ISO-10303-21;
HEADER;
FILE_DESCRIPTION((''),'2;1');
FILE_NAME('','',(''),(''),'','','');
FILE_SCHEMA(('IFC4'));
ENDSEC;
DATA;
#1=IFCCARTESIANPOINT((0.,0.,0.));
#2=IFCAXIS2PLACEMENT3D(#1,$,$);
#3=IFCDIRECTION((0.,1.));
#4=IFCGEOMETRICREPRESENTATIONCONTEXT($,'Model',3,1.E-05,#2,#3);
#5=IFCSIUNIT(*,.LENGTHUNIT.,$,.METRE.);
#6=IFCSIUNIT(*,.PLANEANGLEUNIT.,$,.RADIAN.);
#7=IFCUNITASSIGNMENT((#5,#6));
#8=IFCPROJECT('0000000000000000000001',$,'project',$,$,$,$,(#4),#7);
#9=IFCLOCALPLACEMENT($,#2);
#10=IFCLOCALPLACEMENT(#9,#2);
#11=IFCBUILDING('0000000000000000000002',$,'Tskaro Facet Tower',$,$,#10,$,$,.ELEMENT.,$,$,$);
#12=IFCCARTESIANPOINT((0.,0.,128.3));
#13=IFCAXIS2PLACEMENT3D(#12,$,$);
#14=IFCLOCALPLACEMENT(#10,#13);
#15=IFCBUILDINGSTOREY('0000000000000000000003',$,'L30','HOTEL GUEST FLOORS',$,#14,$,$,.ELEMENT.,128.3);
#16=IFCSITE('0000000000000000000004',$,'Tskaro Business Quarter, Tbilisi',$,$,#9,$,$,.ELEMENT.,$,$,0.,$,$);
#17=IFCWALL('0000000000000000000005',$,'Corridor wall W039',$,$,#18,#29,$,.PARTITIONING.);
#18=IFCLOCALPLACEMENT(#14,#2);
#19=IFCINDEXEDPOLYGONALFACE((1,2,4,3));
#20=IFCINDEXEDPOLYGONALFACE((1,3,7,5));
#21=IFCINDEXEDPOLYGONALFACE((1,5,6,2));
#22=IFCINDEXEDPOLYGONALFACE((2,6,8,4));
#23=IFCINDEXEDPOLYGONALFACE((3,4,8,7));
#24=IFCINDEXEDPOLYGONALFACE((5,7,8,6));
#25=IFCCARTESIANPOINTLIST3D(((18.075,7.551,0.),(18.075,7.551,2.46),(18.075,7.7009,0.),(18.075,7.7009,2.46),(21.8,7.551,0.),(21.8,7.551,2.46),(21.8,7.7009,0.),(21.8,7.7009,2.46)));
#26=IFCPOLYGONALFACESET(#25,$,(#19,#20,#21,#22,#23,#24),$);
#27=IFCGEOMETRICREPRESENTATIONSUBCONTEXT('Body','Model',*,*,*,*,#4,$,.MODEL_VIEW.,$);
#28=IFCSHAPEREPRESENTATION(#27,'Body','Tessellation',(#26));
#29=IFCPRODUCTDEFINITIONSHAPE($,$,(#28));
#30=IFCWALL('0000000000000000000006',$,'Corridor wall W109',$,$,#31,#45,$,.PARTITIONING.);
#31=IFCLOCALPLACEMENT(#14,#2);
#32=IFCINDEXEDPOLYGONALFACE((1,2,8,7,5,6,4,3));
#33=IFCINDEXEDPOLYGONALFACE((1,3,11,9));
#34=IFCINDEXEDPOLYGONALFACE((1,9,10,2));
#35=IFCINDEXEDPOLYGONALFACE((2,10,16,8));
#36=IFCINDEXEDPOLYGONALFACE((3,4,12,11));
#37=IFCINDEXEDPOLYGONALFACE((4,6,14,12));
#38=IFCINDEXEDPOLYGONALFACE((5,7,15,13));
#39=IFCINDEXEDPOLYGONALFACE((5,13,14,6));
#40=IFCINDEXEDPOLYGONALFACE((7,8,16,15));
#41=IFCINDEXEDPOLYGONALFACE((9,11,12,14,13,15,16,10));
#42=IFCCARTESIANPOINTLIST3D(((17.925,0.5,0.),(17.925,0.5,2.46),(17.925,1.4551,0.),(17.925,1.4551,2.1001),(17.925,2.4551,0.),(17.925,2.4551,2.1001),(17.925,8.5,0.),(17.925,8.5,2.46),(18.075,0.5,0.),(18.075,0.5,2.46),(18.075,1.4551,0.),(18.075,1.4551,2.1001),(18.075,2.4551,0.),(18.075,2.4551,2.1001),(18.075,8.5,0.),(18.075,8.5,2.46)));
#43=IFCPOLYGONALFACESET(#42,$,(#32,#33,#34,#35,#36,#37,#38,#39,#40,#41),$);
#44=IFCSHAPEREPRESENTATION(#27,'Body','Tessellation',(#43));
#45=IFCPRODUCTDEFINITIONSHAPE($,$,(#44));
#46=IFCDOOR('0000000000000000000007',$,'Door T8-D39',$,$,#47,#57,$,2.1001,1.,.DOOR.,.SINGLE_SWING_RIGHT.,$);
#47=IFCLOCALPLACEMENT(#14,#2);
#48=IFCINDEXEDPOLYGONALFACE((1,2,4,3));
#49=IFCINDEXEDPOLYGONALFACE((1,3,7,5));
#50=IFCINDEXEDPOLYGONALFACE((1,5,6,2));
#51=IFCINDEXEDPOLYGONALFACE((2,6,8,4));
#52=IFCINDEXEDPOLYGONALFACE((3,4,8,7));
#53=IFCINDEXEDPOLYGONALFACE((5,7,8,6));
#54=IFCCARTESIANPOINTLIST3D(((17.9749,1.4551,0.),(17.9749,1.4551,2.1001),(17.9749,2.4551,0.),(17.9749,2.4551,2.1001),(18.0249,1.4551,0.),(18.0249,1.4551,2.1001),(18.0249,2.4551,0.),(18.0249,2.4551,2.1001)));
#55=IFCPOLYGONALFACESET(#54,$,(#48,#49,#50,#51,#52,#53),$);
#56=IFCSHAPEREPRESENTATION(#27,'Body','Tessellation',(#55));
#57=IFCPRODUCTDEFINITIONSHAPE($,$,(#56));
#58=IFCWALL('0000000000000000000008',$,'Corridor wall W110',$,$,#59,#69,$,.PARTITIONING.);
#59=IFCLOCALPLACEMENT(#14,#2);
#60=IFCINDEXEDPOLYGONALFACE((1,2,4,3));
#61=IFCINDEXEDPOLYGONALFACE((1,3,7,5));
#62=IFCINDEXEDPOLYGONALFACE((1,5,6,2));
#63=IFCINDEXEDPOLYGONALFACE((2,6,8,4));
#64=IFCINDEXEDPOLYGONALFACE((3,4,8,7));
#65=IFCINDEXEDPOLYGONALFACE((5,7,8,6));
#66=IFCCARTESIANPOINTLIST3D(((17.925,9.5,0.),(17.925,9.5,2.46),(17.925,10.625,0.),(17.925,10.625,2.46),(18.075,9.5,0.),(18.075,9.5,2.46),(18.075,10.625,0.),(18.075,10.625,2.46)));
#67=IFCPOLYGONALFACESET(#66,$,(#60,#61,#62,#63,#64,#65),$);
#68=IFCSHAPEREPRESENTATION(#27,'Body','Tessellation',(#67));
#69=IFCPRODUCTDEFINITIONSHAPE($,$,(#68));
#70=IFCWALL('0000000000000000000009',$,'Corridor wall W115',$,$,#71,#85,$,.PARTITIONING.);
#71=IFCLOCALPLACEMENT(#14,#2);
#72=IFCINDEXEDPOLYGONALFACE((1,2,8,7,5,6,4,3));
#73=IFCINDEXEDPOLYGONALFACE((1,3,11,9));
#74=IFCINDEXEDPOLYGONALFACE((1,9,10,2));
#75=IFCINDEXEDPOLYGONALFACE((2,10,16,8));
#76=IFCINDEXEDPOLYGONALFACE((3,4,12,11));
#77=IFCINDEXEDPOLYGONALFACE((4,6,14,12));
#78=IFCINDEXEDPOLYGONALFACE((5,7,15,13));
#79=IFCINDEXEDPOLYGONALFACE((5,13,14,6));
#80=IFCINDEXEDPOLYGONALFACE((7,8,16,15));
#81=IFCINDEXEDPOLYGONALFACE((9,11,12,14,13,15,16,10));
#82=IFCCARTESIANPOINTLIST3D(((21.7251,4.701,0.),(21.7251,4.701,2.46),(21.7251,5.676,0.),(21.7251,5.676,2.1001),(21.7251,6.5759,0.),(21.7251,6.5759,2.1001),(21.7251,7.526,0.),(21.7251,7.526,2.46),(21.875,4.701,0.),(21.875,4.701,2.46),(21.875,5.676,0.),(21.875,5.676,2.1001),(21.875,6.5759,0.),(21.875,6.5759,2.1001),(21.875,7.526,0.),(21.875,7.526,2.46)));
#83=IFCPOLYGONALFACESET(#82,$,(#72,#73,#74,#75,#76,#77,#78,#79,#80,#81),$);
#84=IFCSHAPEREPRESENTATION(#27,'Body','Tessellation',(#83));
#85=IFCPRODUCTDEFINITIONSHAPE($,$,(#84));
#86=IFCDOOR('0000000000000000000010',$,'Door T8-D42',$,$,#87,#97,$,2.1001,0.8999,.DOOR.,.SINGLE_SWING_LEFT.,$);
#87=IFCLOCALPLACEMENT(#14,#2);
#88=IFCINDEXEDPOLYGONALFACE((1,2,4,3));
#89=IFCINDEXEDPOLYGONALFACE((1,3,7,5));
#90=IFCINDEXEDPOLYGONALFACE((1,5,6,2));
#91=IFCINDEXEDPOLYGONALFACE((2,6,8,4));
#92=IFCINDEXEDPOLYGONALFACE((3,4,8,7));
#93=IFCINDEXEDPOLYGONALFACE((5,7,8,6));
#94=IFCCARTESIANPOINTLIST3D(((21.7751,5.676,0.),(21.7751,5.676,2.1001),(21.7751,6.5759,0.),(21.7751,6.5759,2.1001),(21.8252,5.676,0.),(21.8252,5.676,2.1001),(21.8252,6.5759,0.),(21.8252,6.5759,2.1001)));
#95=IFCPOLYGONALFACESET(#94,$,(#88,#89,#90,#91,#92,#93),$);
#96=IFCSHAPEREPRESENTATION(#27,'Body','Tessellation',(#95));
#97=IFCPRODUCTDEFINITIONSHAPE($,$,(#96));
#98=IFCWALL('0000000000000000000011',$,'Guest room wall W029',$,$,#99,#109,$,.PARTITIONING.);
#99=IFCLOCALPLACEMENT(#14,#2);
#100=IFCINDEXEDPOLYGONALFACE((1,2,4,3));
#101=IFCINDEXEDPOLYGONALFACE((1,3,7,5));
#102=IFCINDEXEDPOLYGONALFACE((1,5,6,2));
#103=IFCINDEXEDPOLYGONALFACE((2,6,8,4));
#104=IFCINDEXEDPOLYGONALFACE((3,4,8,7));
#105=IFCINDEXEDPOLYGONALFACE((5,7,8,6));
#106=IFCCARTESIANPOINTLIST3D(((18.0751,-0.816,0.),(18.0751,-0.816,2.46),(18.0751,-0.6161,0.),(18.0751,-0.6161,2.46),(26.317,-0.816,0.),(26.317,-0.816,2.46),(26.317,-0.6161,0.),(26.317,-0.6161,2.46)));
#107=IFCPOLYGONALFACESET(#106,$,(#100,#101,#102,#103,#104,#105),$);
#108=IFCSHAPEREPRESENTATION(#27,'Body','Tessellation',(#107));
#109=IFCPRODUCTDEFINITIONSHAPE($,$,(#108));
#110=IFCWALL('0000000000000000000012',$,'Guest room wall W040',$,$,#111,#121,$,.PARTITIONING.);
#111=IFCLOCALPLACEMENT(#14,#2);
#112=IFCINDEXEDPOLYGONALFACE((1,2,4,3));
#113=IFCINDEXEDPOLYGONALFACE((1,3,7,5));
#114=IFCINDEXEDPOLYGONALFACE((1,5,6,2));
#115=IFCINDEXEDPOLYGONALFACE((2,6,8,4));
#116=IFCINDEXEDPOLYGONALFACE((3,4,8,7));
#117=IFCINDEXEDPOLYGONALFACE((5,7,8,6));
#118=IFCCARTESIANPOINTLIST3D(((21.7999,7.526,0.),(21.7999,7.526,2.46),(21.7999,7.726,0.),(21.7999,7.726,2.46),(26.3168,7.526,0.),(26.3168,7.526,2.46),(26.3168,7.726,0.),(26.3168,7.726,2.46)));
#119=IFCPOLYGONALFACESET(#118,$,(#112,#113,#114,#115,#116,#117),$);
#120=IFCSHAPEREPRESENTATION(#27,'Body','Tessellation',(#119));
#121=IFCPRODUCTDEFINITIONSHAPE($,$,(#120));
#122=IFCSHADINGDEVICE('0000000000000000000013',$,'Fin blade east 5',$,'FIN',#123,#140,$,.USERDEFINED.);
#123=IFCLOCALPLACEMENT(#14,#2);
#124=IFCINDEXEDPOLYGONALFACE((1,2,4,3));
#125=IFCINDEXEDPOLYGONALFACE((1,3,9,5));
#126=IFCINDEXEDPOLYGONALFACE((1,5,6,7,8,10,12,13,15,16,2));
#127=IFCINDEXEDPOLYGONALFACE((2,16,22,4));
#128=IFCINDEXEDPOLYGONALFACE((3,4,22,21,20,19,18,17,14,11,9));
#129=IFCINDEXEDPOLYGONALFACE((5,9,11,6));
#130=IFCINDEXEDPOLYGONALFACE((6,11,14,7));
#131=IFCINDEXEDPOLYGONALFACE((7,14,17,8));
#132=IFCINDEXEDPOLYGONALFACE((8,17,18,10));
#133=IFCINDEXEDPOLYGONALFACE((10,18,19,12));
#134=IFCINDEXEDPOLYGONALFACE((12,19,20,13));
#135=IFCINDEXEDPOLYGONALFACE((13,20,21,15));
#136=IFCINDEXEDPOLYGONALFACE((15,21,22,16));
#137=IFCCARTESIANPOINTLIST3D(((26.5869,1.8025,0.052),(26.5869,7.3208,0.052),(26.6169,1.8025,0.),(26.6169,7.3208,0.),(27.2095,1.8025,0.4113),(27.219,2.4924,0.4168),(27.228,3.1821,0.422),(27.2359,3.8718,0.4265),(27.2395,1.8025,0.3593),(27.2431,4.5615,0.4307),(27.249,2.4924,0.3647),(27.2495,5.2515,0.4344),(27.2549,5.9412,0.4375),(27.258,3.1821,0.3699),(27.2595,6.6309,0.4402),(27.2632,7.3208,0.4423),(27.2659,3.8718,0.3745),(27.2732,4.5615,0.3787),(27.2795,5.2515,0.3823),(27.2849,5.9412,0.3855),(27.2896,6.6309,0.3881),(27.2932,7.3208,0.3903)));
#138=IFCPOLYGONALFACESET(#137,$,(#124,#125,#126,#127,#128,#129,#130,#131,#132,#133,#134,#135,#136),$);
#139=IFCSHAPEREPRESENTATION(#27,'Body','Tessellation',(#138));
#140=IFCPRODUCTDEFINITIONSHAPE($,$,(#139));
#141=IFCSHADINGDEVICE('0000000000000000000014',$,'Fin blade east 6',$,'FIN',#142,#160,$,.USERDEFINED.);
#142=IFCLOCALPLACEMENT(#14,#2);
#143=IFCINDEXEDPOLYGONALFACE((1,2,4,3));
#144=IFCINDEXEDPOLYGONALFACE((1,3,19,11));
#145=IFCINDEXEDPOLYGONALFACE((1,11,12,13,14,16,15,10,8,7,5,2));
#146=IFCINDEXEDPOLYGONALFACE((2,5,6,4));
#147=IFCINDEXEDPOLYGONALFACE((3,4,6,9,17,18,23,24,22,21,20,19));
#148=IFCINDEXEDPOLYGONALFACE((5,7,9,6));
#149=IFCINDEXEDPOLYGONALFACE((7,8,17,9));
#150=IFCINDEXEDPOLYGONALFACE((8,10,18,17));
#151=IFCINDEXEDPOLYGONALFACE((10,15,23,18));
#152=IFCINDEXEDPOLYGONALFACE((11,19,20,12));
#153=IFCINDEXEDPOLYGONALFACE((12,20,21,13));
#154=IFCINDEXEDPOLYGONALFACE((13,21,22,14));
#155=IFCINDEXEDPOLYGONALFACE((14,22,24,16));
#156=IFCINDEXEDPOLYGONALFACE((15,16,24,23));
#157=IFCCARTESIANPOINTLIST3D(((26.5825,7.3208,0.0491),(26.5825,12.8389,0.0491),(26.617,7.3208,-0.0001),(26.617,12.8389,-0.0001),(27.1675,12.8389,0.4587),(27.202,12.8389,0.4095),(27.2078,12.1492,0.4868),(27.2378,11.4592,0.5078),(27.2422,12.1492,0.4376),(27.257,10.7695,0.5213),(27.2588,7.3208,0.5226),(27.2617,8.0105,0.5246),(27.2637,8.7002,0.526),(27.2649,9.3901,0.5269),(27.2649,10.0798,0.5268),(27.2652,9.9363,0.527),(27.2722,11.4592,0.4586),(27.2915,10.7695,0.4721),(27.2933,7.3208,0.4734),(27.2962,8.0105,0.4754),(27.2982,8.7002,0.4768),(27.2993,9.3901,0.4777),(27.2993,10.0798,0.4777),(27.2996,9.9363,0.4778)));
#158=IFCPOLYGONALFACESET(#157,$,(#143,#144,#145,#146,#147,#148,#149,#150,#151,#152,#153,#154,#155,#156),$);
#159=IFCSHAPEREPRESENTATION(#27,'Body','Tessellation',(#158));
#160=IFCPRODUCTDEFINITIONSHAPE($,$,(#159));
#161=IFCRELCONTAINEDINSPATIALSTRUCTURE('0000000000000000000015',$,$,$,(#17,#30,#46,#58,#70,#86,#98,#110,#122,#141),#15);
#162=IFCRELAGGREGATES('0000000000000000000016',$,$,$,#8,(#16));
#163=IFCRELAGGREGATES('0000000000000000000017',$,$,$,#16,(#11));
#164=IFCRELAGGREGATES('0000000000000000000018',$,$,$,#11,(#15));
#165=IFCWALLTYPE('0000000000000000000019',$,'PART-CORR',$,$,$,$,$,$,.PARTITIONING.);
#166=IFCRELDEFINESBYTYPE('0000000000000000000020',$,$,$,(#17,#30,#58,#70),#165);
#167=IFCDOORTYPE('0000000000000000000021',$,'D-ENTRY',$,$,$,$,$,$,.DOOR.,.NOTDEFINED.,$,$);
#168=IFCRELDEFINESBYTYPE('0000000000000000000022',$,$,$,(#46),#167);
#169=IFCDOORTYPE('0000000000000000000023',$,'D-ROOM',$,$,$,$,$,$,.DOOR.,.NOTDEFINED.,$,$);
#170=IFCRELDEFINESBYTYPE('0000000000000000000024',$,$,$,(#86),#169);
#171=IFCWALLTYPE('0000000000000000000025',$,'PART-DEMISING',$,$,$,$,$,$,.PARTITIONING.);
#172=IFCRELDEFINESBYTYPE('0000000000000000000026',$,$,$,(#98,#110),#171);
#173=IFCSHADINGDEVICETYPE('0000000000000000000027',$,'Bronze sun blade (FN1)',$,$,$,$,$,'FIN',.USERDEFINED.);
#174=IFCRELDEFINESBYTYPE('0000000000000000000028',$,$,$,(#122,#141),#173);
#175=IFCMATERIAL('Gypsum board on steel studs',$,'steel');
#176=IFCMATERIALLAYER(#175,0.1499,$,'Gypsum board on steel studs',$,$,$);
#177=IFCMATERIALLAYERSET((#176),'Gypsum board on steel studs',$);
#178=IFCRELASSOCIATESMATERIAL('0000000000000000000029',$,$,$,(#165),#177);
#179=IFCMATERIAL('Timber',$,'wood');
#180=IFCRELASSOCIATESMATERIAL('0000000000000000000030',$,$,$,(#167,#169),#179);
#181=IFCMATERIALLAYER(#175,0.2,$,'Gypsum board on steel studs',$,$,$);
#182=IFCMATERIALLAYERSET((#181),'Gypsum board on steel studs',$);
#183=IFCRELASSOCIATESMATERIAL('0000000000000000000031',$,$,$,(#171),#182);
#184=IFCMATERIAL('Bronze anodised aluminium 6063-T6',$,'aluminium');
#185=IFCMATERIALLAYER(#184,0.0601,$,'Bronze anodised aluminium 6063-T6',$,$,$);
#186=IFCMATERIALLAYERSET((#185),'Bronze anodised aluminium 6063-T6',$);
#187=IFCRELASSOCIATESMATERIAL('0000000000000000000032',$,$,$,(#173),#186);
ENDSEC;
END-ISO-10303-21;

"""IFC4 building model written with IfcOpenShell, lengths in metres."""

from ifc_helpers import new_model, si_unit, direction, frame, frame_2d, origin, place, context, subcontext, project, spatial, polyline, rectangle, outline, extrude, material, layer, layer_set, type_object, element, fill, save


model = new_model("IFC4")

# Units and contexts
model_context = context("Model", 3, precision=1e-05, world=origin(), true_north=direction((0.0, 1.0)))
body_context = subcontext(model_context, "Body", "Model", "MODEL_VIEW")
ifc_project = project(units=[si_unit("LENGTHUNIT", "METRE"), si_unit("PLANEANGLEUNIT", "RADIAN")], contexts=[model_context])

# Site, building, storey
site_placement = place(None, origin())
site = spatial("IfcSite", under=ifc_project, at=site_placement, Name="Tskaro Business Quarter, Tbilisi", CompositionType="ELEMENT", RefElevation=0.0)
building_placement = place(site_placement, origin())
building = spatial("IfcBuilding", under=site, at=building_placement, Name="Tskaro Facet Tower", CompositionType="ELEMENT")
storey_placement = place(building_placement, frame((0.0, 0.0, 128.3)))
storey = spatial("IfcBuildingStorey", under=building, at=storey_placement, Name="L30", Description="HOTEL GUEST FLOORS", CompositionType="ELEMENT", Elevation=128.3)

# Shared definitions
ifc_material_1 = material(Name="Bronze anodised aluminium 6063-T6", Category="aluminium")

# Wall
ifc_material_2 = material(Name="Gypsum board on steel studs", Category="steel")
ifc_layer_1 = layer(ifc_material_2, 0.1499, Name="Gypsum board on steel studs")
ifc_layer_set_1 = layer_set([ifc_layer_1], Name="Gypsum board on steel studs")
wall_type_1 = type_object("IfcWallType", Name="PART-CORR", PredefinedType="PARTITIONING", material=ifc_layer_set_1)
for number, where, z_axis, x_axis, name in (
    (1, (18.075, 7.626, 0.0), (0.0, 0.0, 1.0), (1.0, 0.0, 0.0), "Corridor wall W039"),
):
    element("IfcWall", number, at=place(storey_placement, frame(where, z_axis=z_axis, x_axis=x_axis)), inside=storey, type_object=wall_type_1, Name=name, PredefinedType="PARTITIONING", context=body_context, shape_type="SweptSolid", body=[
        extrude(rectangle(XDim=3.7251, YDim=0.1499, at=frame_2d((1.8625, 0.0))), origin(), (0.0, 0.0, 1.0), 2.46),
    ])

# Wall, opening, door
wall_1_placement = place(storey_placement, frame((18.0, 8.5, 0.0), z_axis=(0.0, 0.0, 1.0), x_axis=(0.0, -1.0, 0.0)))
wall_1 = element("IfcWall", 2, at=wall_1_placement, inside=storey, type_object=wall_type_1, Name="Corridor wall W109", PredefinedType="PARTITIONING", context=body_context, shape_type="SweptSolid", body=[
    extrude(rectangle(XDim=8.0, YDim=0.1499, at=frame_2d((4.0, 0.0))), origin(), (0.0, 0.0, 1.0), 2.46),
])
opening_1_placement = place(wall_1_placement, frame((6.0449, 0.0, 0.0)))
opening_1 = element("IfcOpeningElement", 3, at=opening_1_placement, cuts=wall_1, PredefinedType="OPENING", context=body_context, shape_type="SweptSolid", body=[
    extrude(rectangle(XDim=1.0, YDim=2.1001, at=frame_2d((0.5, 1.05))), frame((0.0, 0.085, 0.0), z_axis=(0.0, -1.0, 0.0), x_axis=(1.0, 0.0, 0.0)), (0.0, 0.0, 1.0), 0.1699),
])
ifc_material_3 = material(Name="Timber", Category="wood")
door_type_1 = type_object("IfcDoorType", Name="D-ENTRY", OperationType="NOTDEFINED", PredefinedType="DOOR", material=ifc_material_3)
door_1_placement = place(opening_1_placement, origin())
door_1 = element("IfcDoor", 4, at=door_1_placement, inside=storey, type_object=door_type_1, Name="Door T8-D39", OperationType="SINGLE_SWING_RIGHT", OverallHeight=2.1001, OverallWidth=1.0, PredefinedType="DOOR", context=body_context, shape_type="SweptSolid", body=[
    extrude(rectangle(XDim=1.0, YDim=2.1001, at=frame_2d((0.5, 1.05))), frame((0.0, 0.0249, 0.0), z_axis=(0.0, -1.0, 0.0), x_axis=(1.0, 0.0, 0.0)), (0.0, 0.0, 1.0), 0.05),
])
fill(opening_1, door_1)

# Wall
wall_2_placement = place(storey_placement, frame((18.0, 9.5, 0.0), z_axis=(0.0, 0.0, 1.0), x_axis=(0.0, 1.0, 0.0)))
element("IfcWall", 5, at=wall_2_placement, inside=storey, type_object=wall_type_1, Name="Corridor wall W110", PredefinedType="PARTITIONING", context=body_context, shape_type="SweptSolid", body=[
    extrude(rectangle(XDim=1.125, YDim=0.1499, at=frame_2d((0.5625, 0.0))), origin(), (0.0, 0.0, 1.0), 2.46),
])

# Wall, opening, door
wall_3_placement = place(storey_placement, frame((21.8, 4.7009, 0.0), z_axis=(0.0, 0.0, 1.0), x_axis=(0.0, 1.0, 0.0)))
wall_3 = element("IfcWall", 6, at=wall_3_placement, inside=storey, type_object=wall_type_1, Name="Corridor wall W115", PredefinedType="PARTITIONING", context=body_context, shape_type="SweptSolid", body=[
    extrude(rectangle(XDim=2.825, YDim=0.1499, at=frame_2d((1.4126, 0.0))), origin(), (0.0, 0.0, 1.0), 2.46),
])
opening_2_placement = place(wall_3_placement, frame((0.9751, 0.0, 0.0)))
opening_2 = element("IfcOpeningElement", 7, at=opening_2_placement, cuts=wall_3, PredefinedType="OPENING", context=body_context, shape_type="SweptSolid", body=[
    extrude(rectangle(XDim=0.8999, YDim=2.1001, at=frame_2d((0.45, 1.05))), frame((0.0, 0.085, 0.0), z_axis=(0.0, -1.0, 0.0), x_axis=(1.0, 0.0, 0.0)), (0.0, 0.0, 1.0), 0.1699),
])
door_type_2 = type_object("IfcDoorType", Name="D-ROOM", OperationType="NOTDEFINED", PredefinedType="DOOR", material=ifc_material_3)
door_2_placement = place(opening_2_placement, origin())
door_2 = element("IfcDoor", 8, at=door_2_placement, inside=storey, type_object=door_type_2, Name="Door T8-D42", OperationType="SINGLE_SWING_LEFT", OverallHeight=2.1001, OverallWidth=0.8999, PredefinedType="DOOR", context=body_context, shape_type="SweptSolid", body=[
    extrude(rectangle(XDim=0.8999, YDim=2.1001, at=frame_2d((0.45, 1.05))), frame((0.0, 0.0249, 0.0), z_axis=(0.0, -1.0, 0.0), x_axis=(1.0, 0.0, 0.0)), (0.0, 0.0, 1.0), 0.05),
])
fill(opening_2, door_2)

# Walls
ifc_layer_2 = layer(ifc_material_2, 0.2, Name="Gypsum board on steel studs")
ifc_layer_set_2 = layer_set([ifc_layer_2], Name="Gypsum board on steel studs")
wall_type_2 = type_object("IfcWallType", Name="PART-DEMISING", PredefinedType="PARTITIONING", material=ifc_layer_set_2)
wall_4_placement = place(storey_placement, frame((18.075, -0.7161, 0.0), z_axis=(0.0, 0.0, 1.0), x_axis=(1.0, 0.0, 0.0)))
element("IfcWall", 9, at=wall_4_placement, inside=storey, type_object=wall_type_2, Name="Guest room wall W029", PredefinedType="PARTITIONING", context=body_context, shape_type="SweptSolid", body=[
    extrude(rectangle(XDim=8.2419, YDim=0.2, at=frame_2d((4.1211, 0.0))), origin(), (0.0, 0.0, 1.0), 2.46),
])
wall_5_placement = place(storey_placement, frame((21.8, 7.626, 0.0), z_axis=(0.0, 0.0, 1.0), x_axis=(1.0, 0.0, 0.0)))
element("IfcWall", 10, at=wall_5_placement, inside=storey, type_object=wall_type_2, Name="Guest room wall W040", PredefinedType="PARTITIONING", context=body_context, shape_type="SweptSolid", body=[
    extrude(rectangle(XDim=4.5168, YDim=0.2, at=frame_2d((2.2583, 0.0))), origin(), (0.0, 0.0, 1.0), 2.46),
])

# Shading devices
ifc_layer_3 = layer(ifc_material_1, 0.0601, Name="Bronze anodised aluminium 6063-T6")
ifc_layer_set_3 = layer_set([ifc_layer_3], Name="Bronze anodised aluminium 6063-T6")
shading_device_type = type_object("IfcShadingDeviceType", Name="Bronze sun blade (FN1)", ElementType="FIN", PredefinedType="USERDEFINED", material=ifc_layer_set_3)
shading_device_1_placement = place(storey_placement, frame((26.5869, 1.8025, 0.052), z_axis=(-0.499824, -0.000002, 0.866127), x_axis=(-0.000001, 1.0, 0.000001)))
element("IfcShadingDevice", 11, at=shading_device_1_placement, inside=storey, type_object=shading_device_type, Name="Fin blade east 5", ObjectType="FIN", PredefinedType="USERDEFINED", context=body_context, shape_type="SweptSolid", body=[
    extrude(outline(polyline([(0.0, 0.0), (5.5183, 0.0), (5.5183, -0.7809), (4.8284, -0.7766), (4.1387, -0.7712), (3.449, -0.765), (2.759, -0.7577), (2.0693, -0.7492), (1.3796, -0.7402), (0.6899, -0.7298), (0.0, -0.7188), (0.0, 0.0)])), origin(), (0.0, 0.0, -1.0), 0.0601),
])
shading_device_2_placement = place(storey_placement, frame((26.5825, 7.3208, 0.0491), z_axis=(-0.573565, 0.000004, 0.81916), x_axis=(0.000002, 1.0, -0.000003)))
element("IfcShadingDevice", 12, at=shading_device_2_placement, inside=storey, type_object=shading_device_type, Name="Fin blade east 6", ObjectType="FIN", PredefinedType="USERDEFINED", context=body_context, shape_type="SweptSolid", body=[
    extrude(outline(polyline([(0.0, 0.0), (5.5181, 0.0), (5.5181, -0.7141), (4.8284, -0.7632), (4.1384, -0.7999), (3.4487, -0.8234), (2.759, -0.833), (2.6155, -0.8334), (2.0693, -0.833), (1.3794, -0.8316), (0.6897, -0.8292), (0.0, -0.8256), (0.0, 0.0)])), origin(), (0.0, 0.0, -1.0), 0.0601),
])

save(model, "model.ifc")
